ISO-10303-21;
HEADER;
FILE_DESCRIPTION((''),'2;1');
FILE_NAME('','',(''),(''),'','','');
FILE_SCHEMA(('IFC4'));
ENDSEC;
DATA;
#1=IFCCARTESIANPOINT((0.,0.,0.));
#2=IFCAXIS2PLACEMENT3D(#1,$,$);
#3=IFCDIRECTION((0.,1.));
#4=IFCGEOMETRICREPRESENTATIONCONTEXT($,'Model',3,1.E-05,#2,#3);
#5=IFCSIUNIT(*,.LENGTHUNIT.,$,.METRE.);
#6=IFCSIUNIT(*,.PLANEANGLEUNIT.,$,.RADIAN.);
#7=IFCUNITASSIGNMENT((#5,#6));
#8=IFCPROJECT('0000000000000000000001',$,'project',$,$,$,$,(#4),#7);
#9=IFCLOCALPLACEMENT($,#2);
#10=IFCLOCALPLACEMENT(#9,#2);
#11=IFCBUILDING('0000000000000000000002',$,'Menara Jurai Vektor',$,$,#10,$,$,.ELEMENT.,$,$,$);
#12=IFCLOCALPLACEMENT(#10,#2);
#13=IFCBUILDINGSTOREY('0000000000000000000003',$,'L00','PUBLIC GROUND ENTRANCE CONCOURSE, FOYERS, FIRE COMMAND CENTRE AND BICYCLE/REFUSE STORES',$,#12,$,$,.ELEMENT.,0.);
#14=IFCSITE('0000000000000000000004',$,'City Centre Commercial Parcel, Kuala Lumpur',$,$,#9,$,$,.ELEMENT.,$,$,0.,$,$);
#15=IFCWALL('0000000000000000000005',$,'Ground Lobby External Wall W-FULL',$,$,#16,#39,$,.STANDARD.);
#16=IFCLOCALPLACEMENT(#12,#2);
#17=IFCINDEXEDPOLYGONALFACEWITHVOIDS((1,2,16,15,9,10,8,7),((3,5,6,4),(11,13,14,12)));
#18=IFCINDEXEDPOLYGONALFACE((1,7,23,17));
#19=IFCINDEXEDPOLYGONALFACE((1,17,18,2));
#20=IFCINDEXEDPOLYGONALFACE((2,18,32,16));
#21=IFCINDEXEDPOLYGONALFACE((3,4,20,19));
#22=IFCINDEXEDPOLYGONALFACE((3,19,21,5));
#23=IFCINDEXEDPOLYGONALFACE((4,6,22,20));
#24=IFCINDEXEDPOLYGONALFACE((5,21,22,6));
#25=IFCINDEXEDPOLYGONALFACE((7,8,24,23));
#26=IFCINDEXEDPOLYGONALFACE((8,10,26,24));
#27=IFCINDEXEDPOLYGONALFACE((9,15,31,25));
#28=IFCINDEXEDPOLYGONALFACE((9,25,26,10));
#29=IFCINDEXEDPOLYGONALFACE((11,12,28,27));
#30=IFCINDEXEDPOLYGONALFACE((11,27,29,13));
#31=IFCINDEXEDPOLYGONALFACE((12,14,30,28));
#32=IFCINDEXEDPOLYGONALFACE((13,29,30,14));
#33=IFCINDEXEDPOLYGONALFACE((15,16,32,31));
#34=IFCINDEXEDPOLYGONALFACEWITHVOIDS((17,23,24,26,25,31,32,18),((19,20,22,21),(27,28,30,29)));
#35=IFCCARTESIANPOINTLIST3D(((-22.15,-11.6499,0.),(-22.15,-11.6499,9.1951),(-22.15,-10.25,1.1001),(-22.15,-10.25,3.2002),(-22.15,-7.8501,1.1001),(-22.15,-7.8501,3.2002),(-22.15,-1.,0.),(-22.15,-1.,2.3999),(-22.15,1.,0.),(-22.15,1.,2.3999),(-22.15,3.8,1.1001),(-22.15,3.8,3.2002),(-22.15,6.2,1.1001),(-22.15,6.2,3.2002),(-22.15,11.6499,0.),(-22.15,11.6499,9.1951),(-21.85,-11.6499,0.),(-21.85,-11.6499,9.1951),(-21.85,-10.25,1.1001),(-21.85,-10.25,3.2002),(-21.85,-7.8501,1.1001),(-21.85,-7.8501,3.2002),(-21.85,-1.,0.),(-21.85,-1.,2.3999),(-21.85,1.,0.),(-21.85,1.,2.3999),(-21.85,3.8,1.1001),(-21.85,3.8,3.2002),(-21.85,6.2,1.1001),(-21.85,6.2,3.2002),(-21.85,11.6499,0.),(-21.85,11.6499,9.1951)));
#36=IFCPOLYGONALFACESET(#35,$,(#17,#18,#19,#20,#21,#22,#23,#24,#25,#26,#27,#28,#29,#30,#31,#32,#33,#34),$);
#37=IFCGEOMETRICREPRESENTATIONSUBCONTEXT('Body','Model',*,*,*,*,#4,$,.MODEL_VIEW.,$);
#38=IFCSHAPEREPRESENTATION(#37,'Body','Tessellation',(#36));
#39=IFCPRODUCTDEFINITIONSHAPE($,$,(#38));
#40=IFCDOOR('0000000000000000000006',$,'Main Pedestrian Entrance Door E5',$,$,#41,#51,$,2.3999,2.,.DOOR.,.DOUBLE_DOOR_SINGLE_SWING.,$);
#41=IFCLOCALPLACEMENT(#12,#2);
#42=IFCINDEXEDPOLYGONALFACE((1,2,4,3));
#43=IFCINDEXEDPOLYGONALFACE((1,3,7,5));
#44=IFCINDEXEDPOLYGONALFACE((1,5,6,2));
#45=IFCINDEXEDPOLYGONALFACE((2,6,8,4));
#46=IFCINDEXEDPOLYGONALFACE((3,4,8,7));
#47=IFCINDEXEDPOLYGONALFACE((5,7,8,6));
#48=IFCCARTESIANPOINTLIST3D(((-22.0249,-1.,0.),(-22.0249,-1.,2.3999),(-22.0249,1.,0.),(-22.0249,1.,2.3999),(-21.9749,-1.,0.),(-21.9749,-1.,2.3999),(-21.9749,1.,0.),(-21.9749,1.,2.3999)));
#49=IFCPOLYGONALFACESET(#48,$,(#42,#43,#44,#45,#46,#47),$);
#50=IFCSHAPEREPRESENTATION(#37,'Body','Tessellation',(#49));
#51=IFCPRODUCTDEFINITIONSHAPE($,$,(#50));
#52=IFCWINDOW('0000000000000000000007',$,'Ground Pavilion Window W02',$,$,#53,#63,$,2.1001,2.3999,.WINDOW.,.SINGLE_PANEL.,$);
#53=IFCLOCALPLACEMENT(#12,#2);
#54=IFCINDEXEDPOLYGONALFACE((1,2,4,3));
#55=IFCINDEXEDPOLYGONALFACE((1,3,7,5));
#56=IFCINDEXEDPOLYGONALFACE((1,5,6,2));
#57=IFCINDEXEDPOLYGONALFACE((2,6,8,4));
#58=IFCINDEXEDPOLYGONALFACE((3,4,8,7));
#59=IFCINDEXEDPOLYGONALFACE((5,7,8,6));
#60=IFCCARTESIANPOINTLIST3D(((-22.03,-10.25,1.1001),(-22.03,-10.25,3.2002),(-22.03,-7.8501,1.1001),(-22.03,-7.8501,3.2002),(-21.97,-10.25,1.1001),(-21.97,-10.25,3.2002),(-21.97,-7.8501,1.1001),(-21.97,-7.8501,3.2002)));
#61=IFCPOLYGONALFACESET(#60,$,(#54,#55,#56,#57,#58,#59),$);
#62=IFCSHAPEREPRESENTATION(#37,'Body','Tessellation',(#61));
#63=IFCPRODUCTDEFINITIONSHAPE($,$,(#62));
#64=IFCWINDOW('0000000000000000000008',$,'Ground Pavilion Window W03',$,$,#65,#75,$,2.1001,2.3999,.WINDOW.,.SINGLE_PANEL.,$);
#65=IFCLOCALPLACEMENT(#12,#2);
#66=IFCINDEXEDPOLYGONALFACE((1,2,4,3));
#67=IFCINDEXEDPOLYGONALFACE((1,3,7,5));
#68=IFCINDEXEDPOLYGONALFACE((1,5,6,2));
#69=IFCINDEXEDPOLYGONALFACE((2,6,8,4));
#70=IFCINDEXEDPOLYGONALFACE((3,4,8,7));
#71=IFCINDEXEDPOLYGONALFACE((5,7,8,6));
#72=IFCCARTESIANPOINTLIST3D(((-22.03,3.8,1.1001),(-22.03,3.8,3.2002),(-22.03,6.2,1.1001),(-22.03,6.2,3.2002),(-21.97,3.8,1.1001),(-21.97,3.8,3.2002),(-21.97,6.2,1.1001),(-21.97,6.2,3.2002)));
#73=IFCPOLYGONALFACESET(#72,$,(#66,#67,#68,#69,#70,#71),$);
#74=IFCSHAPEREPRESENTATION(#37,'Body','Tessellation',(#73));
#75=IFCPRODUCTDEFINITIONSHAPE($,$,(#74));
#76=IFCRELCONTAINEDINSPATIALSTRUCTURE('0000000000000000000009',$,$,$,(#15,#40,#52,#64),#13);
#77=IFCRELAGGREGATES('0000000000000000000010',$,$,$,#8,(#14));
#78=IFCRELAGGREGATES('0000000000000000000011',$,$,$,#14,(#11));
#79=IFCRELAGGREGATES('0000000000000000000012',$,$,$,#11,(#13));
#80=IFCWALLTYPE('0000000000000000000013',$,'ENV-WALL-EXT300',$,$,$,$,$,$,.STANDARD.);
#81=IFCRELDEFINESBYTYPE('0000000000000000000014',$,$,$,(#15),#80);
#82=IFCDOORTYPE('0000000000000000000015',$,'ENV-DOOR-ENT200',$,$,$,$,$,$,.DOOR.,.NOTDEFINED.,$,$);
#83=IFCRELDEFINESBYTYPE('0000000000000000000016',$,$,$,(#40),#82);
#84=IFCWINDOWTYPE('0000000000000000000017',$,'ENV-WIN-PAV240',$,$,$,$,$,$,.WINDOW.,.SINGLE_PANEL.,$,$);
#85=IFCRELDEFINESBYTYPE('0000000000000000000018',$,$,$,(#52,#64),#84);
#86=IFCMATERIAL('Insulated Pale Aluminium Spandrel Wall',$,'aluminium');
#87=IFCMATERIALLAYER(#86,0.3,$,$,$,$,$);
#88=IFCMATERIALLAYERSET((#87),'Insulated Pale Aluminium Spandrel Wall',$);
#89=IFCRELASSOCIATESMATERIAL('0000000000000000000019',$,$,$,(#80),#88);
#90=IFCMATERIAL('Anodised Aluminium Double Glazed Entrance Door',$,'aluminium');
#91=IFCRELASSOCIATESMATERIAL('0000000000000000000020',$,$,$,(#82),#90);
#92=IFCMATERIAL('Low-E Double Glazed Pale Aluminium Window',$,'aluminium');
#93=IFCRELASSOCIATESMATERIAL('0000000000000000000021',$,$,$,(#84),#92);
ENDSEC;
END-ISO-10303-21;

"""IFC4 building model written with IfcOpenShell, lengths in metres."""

from ifc_helpers import new_model, si_unit, direction, frame, frame_2d, origin, place, context, subcontext, project, spatial, rectangle, extrude, material, layer, layer_set, type_object, element, fill, save


model = new_model("IFC4")

# Units and contexts
model_context = context("Model", 3, precision=1e-05, world=origin(), true_north=direction((0.0, 1.0)))
body_context = subcontext(model_context, "Body", "Model", "MODEL_VIEW")
ifc_project = project(units=[si_unit("LENGTHUNIT", "METRE"), si_unit("PLANEANGLEUNIT", "RADIAN")], contexts=[model_context])

# Site, building, storey
site_placement = place(None, origin())
site = spatial("IfcSite", under=ifc_project, at=site_placement, Name="City Centre Commercial Parcel, Kuala Lumpur", CompositionType="ELEMENT", RefElevation=0.0)
building_placement = place(site_placement, origin())
building = spatial("IfcBuilding", under=site, at=building_placement, Name="Menara Jurai Vektor", CompositionType="ELEMENT")
storey_placement = place(building_placement, origin())
storey = spatial("IfcBuildingStorey", under=building, at=storey_placement, Name="L00", Description="PUBLIC GROUND ENTRANCE CONCOURSE, FOYERS, FIRE COMMAND CENTRE AND BICYCLE/REFUSE STORES", CompositionType="ELEMENT", Elevation=0.0)

# Shared definitions
ifc_material_1 = material(Name="Insulated Pale Aluminium Spandrel Wall", Category="aluminium")
ifc_layer_1 = layer(ifc_material_1, 0.3)
ifc_layer_set_1 = layer_set([ifc_layer_1], Name="Insulated Pale Aluminium Spandrel Wall")
wall_type = type_object("IfcWallType", Name="ENV-WALL-EXT300", PredefinedType="STANDARD", material=ifc_layer_set_1)

# Wall, openings, door, windows
wall_1_placement = place(storey_placement, frame((-22.0, -11.6499, 0.0), z_axis=(0.0, 0.0, 1.0), x_axis=(0.0, 1.0, 0.0)))
wall_1 = element("IfcWall", 1, at=wall_1_placement, inside=storey, type_object=wall_type, Name="Ground Lobby External Wall W-FULL", PredefinedType="STANDARD", context=body_context, shape_type="SweptSolid", body=[
    extrude(rectangle(XDim=23.2998, YDim=0.3, at=frame_2d((11.6499, 0.0))), origin(), (0.0, 0.0, 1.0), 9.1951),
])
opening_1_placement = place(wall_1_placement, frame((10.6499, 0.0, 0.0)))
opening_1 = element("IfcOpeningElement", 2, at=opening_1_placement, cuts=wall_1, PredefinedType="OPENING", context=body_context, shape_type="SweptSolid", body=[
    extrude(rectangle(XDim=2.0, YDim=2.3999, at=frame_2d((1.0, 1.2))), frame((0.0, 0.1602, 0.0), z_axis=(0.0, -1.0, 0.0), x_axis=(1.0, 0.0, 0.0)), (0.0, 0.0, 1.0), 0.3201),
])
opening_2_placement = place(wall_1_placement, frame((1.3999, 0.0, 1.1001)))
opening_2 = element("IfcOpeningElement", 3, at=opening_2_placement, cuts=wall_1, PredefinedType="OPENING", context=body_context, shape_type="SweptSolid", body=[
    extrude(rectangle(XDim=2.3999, YDim=2.1001, at=frame_2d((1.2, 1.05))), frame((0.0, 0.1602, 0.0), z_axis=(0.0, -1.0, 0.0), x_axis=(1.0, 0.0, 0.0)), (0.0, 0.0, 1.0), 0.3201),
])
opening_3_placement = place(wall_1_placement, frame((15.45, 0.0, 1.1001)))
opening_3 = element("IfcOpeningElement", 4, at=opening_3_placement, cuts=wall_1, PredefinedType="OPENING", context=body_context, shape_type="SweptSolid", body=[
    extrude(rectangle(XDim=2.3999, YDim=2.1001, at=frame_2d((1.2, 1.05))), frame((0.0, 0.1602, 0.0), z_axis=(0.0, -1.0, 0.0), x_axis=(1.0, 0.0, 0.0)), (0.0, 0.0, 1.0), 0.3201),
])
ifc_material_2 = material(Name="Anodised Aluminium Double Glazed Entrance Door", Category="aluminium")
door_type = type_object("IfcDoorType", Name="ENV-DOOR-ENT200", OperationType="NOTDEFINED", PredefinedType="DOOR", material=ifc_material_2)
door_placement = place(opening_1_placement, origin())
door = element("IfcDoor", 5, at=door_placement, inside=storey, type_object=door_type, Name="Main Pedestrian Entrance Door E5", OperationType="DOUBLE_DOOR_SINGLE_SWING", OverallHeight=2.3999, OverallWidth=2.0, PredefinedType="DOOR", context=body_context, shape_type="SweptSolid", body=[
    extrude(rectangle(XDim=2.0, YDim=2.3999, at=frame_2d((1.0, 1.2))), frame((0.0, 0.0249, 0.0), z_axis=(0.0, -1.0, 0.0), x_axis=(1.0, 0.0, 0.0)), (0.0, 0.0, 1.0), 0.05),
])
fill(opening_1, door)
ifc_material_3 = material(Name="Low-E Double Glazed Pale Aluminium Window", Category="aluminium")
window_type = type_object("IfcWindowType", Name="ENV-WIN-PAV240", PartitioningType="SINGLE_PANEL", PredefinedType="WINDOW", material=ifc_material_3)
window_1_placement = place(opening_2_placement, origin())
window_1 = element("IfcWindow", 6, at=window_1_placement, inside=storey, type_object=window_type, Name="Ground Pavilion Window W02", OverallHeight=2.1001, OverallWidth=2.3999, PartitioningType="SINGLE_PANEL", PredefinedType="WINDOW", context=body_context, shape_type="SweptSolid", body=[
    extrude(rectangle(XDim=2.3999, YDim=2.1001, at=frame_2d((1.2, 1.05))), frame((0.0, 0.03, 0.0), z_axis=(0.0, -1.0, 0.0), x_axis=(1.0, 0.0, 0.0)), (0.0, 0.0, 1.0), 0.0601),
])
fill(opening_2, window_1)
window_2_placement = place(opening_3_placement, origin())
window_2 = element("IfcWindow", 7, at=window_2_placement, inside=storey, type_object=window_type, Name="Ground Pavilion Window W03", OverallHeight=2.1001, OverallWidth=2.3999, PartitioningType="SINGLE_PANEL", PredefinedType="WINDOW", context=body_context, shape_type="SweptSolid", body=[
    extrude(rectangle(XDim=2.3999, YDim=2.1001, at=frame_2d((1.2, 1.05))), frame((0.0, 0.03, 0.0), z_axis=(0.0, -1.0, 0.0), x_axis=(1.0, 0.0, 0.0)), (0.0, 0.0, 1.0), 0.0601),
])
fill(opening_3, window_2)

save(model, "model.ifc")
